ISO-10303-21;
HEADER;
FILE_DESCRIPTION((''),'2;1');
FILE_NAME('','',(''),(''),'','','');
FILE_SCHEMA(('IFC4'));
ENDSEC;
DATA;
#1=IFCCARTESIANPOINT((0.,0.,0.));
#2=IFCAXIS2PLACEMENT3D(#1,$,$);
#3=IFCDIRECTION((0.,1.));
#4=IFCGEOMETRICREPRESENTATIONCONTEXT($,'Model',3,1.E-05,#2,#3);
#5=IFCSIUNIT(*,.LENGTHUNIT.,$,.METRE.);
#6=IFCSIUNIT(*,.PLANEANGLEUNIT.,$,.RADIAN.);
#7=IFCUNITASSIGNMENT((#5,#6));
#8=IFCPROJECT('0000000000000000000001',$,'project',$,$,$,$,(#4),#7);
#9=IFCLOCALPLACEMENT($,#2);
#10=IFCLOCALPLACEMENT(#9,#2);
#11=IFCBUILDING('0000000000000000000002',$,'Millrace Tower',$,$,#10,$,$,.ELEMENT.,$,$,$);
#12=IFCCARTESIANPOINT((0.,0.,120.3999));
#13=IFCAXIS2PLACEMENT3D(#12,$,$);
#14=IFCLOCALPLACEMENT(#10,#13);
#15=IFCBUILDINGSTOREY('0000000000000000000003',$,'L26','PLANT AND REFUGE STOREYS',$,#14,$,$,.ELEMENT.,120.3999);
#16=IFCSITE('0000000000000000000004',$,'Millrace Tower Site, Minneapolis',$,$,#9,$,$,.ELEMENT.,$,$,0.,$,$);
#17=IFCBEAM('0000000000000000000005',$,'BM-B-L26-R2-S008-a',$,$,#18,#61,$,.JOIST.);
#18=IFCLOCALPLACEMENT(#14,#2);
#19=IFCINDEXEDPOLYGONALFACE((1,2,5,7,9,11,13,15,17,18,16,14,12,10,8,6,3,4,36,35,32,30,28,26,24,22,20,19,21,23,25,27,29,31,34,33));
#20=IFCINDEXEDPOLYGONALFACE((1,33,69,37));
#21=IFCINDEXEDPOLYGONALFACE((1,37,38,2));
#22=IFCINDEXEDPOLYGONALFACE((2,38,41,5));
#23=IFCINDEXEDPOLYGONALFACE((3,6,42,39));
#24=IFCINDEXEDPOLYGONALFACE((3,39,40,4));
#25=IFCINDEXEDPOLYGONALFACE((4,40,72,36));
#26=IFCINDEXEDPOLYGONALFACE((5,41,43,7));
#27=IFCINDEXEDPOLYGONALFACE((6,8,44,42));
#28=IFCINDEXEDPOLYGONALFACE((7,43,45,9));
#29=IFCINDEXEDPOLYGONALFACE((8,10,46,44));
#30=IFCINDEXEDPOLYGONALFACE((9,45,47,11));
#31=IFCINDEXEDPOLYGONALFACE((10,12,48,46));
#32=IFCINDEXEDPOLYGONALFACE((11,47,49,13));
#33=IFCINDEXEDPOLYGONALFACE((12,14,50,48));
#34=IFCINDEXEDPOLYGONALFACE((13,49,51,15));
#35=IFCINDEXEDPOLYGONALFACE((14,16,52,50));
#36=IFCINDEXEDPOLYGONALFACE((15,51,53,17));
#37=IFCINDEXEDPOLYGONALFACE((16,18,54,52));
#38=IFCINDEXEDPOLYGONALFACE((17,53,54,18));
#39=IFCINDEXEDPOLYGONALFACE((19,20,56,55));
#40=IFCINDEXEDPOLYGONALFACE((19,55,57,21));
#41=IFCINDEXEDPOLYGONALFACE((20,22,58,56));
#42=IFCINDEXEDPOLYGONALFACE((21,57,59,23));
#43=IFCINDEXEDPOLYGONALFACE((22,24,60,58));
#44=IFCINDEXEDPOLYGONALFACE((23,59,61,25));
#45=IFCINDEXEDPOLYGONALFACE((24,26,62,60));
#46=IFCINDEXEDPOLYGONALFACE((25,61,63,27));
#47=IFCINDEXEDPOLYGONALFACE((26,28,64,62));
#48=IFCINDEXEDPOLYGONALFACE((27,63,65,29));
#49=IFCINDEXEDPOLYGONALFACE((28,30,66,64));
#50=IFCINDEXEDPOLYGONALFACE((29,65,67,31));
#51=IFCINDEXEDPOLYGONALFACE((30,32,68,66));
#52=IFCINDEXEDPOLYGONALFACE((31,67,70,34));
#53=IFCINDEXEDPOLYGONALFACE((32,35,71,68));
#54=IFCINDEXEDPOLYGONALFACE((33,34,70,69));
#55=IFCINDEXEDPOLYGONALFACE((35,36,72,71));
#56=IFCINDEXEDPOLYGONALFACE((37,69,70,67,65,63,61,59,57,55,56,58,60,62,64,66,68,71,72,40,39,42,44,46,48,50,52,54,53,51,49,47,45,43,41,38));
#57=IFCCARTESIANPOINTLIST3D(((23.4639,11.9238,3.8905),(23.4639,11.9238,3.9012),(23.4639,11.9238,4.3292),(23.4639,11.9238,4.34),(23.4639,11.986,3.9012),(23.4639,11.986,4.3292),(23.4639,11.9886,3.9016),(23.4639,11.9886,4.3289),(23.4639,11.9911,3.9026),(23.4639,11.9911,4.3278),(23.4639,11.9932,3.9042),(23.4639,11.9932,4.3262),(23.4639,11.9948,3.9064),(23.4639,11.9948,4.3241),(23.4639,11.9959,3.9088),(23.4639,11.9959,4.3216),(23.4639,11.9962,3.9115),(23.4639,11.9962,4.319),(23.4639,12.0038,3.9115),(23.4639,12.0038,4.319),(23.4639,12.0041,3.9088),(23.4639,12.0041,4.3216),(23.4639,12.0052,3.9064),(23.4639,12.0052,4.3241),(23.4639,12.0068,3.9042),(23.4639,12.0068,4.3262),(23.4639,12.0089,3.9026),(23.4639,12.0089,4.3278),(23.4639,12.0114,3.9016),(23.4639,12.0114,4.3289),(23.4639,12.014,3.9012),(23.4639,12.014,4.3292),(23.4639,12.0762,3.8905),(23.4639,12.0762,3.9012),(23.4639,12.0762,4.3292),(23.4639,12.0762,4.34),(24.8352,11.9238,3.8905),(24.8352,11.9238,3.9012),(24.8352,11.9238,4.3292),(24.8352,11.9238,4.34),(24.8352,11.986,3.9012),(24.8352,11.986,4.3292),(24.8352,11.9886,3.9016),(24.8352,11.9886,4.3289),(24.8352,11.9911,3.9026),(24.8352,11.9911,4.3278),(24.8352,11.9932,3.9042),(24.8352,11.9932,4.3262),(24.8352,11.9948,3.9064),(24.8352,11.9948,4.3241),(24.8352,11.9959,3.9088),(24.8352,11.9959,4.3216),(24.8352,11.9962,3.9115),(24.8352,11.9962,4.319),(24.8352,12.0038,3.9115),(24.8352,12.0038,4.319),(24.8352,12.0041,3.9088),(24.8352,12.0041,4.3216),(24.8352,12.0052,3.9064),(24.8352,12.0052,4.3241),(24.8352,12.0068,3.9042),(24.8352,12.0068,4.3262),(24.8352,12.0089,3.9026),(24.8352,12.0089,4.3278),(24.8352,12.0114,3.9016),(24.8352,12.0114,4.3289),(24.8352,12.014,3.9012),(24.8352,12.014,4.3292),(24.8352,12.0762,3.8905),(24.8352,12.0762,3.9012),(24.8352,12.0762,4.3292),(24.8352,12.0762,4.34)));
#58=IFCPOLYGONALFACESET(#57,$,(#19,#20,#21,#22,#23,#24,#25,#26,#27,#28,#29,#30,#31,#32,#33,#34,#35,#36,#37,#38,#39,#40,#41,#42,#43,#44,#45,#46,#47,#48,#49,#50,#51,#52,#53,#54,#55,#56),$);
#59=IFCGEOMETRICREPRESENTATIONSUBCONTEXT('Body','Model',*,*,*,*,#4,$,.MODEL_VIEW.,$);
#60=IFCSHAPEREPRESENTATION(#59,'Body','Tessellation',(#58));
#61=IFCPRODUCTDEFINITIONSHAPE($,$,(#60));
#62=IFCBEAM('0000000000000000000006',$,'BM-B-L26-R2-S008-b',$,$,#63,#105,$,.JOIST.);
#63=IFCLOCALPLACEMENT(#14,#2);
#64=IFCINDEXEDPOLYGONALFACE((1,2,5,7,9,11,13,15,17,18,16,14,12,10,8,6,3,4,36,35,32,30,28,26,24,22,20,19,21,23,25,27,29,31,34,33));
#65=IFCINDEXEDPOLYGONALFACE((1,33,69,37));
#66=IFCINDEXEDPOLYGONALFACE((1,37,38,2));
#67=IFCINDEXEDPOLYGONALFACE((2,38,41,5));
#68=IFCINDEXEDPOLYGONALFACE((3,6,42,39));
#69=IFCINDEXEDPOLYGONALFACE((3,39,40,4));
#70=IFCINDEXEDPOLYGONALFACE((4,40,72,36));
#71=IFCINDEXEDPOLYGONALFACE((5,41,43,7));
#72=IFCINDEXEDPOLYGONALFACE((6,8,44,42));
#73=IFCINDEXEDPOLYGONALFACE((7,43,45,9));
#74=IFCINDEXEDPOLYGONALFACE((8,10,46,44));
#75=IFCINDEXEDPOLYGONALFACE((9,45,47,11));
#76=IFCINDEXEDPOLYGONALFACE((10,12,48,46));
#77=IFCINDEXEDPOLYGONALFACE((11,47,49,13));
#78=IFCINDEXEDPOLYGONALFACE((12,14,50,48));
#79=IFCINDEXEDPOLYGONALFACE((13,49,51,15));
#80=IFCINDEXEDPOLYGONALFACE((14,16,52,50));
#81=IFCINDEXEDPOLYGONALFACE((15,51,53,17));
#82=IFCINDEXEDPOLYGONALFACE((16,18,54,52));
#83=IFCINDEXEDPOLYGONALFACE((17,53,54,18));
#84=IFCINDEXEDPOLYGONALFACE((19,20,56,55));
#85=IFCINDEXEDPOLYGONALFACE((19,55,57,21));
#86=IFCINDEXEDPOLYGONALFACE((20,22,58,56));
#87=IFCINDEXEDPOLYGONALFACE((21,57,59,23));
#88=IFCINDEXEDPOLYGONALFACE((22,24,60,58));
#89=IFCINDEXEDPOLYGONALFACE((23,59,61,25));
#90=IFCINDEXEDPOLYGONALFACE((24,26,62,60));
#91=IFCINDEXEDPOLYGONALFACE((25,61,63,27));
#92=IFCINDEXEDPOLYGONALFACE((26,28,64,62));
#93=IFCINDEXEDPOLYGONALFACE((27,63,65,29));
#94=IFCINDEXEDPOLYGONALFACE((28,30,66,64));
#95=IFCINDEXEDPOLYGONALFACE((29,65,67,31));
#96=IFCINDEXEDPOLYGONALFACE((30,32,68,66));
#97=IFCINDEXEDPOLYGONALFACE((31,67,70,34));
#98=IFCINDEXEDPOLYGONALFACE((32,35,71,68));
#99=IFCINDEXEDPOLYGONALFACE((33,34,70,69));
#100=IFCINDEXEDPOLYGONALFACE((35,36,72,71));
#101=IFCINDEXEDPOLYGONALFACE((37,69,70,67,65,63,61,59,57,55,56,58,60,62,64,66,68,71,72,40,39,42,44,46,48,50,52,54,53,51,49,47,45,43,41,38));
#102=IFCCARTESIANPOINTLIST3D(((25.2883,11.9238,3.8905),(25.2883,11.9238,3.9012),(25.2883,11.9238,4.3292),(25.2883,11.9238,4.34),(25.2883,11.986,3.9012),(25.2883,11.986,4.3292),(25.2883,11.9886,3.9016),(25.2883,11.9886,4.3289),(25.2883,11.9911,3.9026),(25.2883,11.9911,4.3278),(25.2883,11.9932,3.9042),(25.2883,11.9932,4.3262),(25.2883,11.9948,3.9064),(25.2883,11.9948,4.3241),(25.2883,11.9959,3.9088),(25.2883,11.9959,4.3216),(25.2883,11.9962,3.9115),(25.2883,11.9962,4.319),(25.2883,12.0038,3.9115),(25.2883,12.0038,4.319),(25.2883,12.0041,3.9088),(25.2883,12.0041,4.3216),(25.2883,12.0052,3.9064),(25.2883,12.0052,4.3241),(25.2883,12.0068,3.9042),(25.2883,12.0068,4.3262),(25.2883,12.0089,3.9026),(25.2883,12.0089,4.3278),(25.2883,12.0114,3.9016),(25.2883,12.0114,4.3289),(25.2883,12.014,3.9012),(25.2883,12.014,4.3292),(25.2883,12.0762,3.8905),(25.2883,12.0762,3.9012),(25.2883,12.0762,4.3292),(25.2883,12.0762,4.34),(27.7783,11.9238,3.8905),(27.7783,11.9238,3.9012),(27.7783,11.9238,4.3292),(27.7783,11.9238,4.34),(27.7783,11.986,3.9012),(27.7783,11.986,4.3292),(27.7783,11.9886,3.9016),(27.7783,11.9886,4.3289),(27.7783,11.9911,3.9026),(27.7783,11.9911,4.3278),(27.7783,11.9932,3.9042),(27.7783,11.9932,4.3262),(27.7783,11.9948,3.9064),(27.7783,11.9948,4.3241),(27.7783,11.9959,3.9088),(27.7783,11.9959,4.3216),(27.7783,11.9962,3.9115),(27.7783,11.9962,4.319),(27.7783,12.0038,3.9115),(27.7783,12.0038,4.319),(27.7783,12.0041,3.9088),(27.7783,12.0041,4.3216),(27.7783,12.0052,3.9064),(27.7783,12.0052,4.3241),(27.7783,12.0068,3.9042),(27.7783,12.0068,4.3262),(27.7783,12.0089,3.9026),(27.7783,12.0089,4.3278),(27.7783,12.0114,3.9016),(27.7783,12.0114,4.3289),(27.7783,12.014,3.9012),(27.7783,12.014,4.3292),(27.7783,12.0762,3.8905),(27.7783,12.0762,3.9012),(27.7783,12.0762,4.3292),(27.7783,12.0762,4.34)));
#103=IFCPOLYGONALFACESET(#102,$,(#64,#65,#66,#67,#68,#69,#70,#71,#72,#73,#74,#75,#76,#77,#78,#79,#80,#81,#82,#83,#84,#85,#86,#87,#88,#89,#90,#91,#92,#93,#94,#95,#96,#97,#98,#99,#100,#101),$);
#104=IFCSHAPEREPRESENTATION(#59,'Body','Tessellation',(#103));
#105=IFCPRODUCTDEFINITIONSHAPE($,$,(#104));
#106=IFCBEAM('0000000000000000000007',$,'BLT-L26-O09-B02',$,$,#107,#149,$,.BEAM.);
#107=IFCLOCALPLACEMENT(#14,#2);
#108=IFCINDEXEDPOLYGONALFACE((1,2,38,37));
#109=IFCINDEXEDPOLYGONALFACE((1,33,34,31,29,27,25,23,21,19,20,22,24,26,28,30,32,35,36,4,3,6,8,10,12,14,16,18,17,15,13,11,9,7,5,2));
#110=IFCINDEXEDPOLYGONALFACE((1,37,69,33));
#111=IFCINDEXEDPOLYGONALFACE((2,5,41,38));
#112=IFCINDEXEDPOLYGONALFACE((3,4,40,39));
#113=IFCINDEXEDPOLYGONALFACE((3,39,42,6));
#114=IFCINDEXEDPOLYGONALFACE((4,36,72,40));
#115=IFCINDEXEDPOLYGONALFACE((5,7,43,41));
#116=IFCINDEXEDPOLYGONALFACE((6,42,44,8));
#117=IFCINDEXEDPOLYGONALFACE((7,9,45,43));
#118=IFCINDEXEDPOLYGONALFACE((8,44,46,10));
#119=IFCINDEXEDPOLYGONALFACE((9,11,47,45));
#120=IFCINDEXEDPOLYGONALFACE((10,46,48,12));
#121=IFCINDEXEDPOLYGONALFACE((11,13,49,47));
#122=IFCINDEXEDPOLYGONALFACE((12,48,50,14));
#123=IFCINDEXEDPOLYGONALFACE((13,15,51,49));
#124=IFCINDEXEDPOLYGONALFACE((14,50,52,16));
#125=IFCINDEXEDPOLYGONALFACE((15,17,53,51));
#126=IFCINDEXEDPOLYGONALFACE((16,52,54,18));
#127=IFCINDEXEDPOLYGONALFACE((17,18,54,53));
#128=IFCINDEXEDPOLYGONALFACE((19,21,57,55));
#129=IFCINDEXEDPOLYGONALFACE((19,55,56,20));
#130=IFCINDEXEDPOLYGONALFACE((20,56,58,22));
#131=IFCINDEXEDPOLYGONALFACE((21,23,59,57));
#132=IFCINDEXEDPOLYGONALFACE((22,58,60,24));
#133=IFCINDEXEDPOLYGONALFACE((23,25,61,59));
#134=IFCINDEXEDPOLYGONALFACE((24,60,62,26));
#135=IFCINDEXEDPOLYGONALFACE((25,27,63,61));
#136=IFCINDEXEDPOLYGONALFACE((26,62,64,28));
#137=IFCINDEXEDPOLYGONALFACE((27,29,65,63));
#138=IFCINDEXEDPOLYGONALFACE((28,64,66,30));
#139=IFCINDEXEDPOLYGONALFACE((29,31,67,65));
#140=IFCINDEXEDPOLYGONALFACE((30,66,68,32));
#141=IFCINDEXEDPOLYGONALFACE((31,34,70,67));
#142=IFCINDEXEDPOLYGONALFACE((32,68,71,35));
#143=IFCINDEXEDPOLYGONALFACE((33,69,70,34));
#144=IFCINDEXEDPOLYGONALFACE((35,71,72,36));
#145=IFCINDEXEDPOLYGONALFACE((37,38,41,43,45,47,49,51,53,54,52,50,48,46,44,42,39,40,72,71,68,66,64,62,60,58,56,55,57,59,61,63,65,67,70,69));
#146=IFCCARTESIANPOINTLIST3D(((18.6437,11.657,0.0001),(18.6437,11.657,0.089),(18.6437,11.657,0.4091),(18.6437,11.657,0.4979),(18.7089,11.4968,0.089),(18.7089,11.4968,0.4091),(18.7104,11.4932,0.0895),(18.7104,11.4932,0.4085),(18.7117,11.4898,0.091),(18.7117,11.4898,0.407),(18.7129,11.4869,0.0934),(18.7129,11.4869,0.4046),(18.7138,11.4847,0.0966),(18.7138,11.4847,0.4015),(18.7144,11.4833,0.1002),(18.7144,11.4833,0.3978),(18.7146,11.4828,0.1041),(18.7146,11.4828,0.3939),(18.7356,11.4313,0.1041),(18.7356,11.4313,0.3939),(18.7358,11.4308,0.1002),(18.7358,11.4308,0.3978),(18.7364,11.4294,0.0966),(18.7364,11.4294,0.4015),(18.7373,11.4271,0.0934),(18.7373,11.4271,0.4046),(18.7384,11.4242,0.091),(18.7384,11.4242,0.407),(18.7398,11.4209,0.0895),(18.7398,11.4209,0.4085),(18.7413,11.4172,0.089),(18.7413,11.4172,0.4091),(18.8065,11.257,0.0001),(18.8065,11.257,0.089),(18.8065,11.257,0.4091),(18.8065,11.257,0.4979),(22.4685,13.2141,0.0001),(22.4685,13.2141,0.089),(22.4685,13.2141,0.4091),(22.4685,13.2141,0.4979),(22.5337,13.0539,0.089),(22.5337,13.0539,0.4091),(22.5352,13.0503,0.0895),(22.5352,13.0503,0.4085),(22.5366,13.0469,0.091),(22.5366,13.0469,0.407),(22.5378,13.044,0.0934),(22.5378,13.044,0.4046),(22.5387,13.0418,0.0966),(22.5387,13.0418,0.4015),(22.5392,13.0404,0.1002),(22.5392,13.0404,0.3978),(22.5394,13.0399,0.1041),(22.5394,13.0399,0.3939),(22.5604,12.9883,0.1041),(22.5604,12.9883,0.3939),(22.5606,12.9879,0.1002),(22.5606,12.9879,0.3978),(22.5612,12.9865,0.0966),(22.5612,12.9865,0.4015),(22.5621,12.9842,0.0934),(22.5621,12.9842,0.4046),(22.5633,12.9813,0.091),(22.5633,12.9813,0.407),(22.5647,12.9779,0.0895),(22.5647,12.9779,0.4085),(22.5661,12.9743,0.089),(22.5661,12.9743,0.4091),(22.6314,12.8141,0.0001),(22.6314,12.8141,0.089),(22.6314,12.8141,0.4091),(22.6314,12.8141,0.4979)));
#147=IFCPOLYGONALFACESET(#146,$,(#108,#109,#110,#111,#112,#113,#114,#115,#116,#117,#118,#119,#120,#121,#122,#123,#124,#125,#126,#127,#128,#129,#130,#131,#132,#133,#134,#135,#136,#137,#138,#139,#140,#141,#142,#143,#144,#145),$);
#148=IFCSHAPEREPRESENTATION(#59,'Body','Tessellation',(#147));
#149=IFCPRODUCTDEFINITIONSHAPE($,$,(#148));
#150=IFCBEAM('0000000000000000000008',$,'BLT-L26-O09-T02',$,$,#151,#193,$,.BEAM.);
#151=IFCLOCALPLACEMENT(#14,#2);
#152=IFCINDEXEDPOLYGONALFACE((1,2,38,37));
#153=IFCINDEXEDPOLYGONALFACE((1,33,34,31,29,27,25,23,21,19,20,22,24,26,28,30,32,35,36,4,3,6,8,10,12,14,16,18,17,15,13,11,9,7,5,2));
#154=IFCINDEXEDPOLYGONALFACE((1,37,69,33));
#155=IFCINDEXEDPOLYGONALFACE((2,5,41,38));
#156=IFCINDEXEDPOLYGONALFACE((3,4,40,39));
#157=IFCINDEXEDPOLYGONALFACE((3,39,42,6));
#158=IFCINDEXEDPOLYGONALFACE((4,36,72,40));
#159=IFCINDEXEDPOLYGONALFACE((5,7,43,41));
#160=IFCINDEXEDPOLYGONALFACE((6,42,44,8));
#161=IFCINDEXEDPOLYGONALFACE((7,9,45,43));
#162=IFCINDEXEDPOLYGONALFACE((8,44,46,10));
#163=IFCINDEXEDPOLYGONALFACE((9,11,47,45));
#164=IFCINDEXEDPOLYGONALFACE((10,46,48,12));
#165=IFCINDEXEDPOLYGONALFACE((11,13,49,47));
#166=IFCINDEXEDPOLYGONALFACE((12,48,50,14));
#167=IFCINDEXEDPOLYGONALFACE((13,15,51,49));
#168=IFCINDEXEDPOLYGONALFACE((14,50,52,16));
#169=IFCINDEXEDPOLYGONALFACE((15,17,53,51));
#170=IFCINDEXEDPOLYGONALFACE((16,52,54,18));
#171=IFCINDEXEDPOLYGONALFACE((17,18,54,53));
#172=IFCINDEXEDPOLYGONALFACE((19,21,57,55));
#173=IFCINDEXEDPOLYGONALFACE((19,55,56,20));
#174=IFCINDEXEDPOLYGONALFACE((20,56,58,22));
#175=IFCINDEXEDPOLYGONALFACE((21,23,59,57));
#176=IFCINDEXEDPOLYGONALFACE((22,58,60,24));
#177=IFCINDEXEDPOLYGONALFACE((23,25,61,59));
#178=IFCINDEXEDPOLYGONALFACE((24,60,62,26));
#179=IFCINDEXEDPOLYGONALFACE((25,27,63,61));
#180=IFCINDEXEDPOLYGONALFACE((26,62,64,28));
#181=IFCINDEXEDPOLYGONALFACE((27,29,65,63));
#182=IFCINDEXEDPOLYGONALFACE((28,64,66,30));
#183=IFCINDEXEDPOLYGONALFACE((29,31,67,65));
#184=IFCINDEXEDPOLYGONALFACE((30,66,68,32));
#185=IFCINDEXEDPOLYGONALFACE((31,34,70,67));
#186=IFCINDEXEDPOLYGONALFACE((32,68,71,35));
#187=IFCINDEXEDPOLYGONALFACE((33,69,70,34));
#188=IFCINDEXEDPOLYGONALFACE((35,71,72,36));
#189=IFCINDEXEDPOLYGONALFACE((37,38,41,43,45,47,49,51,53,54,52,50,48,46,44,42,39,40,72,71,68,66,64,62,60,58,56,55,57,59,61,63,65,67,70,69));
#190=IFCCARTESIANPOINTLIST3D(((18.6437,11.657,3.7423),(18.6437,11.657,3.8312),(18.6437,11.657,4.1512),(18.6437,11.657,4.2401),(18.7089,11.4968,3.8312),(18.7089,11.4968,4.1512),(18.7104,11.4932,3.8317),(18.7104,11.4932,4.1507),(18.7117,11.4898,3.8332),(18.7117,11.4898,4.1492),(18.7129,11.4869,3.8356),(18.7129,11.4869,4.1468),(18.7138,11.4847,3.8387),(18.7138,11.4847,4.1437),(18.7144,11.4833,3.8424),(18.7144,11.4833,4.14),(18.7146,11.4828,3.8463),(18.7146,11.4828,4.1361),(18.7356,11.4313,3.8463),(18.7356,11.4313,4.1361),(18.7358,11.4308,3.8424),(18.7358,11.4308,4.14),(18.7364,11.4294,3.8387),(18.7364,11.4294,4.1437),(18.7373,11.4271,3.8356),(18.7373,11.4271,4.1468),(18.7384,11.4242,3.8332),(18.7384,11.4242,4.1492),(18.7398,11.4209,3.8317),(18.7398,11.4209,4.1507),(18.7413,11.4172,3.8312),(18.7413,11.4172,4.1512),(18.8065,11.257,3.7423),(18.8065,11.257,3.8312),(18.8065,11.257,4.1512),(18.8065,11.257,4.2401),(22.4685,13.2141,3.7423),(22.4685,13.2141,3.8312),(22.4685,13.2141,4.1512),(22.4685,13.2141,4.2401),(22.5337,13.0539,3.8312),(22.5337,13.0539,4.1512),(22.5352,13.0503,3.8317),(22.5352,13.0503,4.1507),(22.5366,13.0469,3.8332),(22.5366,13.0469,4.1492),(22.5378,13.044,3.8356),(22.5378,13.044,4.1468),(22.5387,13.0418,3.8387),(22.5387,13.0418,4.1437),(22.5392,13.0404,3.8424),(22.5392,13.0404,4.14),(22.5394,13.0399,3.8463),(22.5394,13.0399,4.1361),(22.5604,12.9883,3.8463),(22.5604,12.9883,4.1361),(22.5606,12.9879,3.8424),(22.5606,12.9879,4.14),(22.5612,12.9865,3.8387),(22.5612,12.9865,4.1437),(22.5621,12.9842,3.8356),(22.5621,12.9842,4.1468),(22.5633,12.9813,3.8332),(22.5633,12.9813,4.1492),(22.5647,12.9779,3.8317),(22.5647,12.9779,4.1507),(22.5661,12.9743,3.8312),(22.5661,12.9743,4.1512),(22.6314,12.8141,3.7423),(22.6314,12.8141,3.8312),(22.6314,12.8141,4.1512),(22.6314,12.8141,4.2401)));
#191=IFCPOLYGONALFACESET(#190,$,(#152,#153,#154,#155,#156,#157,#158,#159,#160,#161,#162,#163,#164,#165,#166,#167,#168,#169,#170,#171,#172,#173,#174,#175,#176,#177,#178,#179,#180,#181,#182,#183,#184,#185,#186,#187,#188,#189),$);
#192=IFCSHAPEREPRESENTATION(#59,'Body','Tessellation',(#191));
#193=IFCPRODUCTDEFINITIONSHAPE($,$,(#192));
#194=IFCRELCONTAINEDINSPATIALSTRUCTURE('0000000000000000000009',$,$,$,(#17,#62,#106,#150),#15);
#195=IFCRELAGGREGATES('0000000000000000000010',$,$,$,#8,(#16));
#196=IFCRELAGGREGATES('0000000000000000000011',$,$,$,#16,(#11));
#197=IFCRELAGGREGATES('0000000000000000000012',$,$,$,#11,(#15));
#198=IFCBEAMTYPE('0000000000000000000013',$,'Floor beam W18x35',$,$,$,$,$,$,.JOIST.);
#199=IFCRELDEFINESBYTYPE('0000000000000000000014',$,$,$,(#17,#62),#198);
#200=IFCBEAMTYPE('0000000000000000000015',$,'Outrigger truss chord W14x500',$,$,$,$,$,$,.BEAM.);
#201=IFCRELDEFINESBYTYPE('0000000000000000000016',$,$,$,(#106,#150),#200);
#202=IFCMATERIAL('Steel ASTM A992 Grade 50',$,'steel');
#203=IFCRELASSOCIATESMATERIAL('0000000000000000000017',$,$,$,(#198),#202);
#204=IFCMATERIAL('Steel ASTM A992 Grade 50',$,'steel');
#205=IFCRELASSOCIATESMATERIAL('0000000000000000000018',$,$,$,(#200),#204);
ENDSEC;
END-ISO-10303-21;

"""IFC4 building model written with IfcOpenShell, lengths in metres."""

from ifc_helpers import new_model, si_unit, direction, frame, origin, origin_2d, place, context, subcontext, project, spatial, i_section, extrude, material, material_profile, profile_set, type_object, element, save


model = new_model("IFC4")

# Units and contexts
model_context = context("Model", 3, precision=1e-05, world=origin(), true_north=direction((0.0, 1.0)))
body_context = subcontext(model_context, "Body", "Model", "MODEL_VIEW")
ifc_project = project(units=[si_unit("LENGTHUNIT", "METRE"), si_unit("PLANEANGLEUNIT", "RADIAN")], contexts=[model_context])

# Site, building, storey
site_placement = place(None, origin())
site = spatial("IfcSite", under=ifc_project, at=site_placement, Name="Millrace Tower Site, Minneapolis", CompositionType="ELEMENT", RefElevation=0.0)
building_placement = place(site_placement, origin())
building = spatial("IfcBuilding", under=site, at=building_placement, Name="Millrace Tower", CompositionType="ELEMENT")
storey_placement = place(building_placement, frame((0.0, 0.0, 120.3999)))
storey = spatial("IfcBuildingStorey", under=building, at=storey_placement, Name="L26", Description="PLANT AND REFUGE STOREYS", CompositionType="ELEMENT", Elevation=120.3999)

# Beams
ifc_material_1 = material(Name="Steel ASTM A992 Grade 50", Category="steel")
ifc_material_profile_1 = material_profile(ifc_material_1, i_section(OverallWidth=0.1523, OverallDepth=0.4495, WebThickness=0.0076, FlangeThickness=0.0107, FilletRadius=0.0103, at=origin_2d()))
ifc_profile_set_1 = profile_set([ifc_material_profile_1], Name="Steel ASTM A992 Grade 50")
beam_type_1 = type_object("IfcBeamType", Name="Floor beam W18x35", PredefinedType="JOIST", material=ifc_profile_set_1)
beam_1_placement = place(storey_placement, frame((23.4639, 12.0, 4.1152), z_axis=(1.0, 0.0, 0.0), x_axis=(0.0, 1.0, 0.0)))
element("IfcBeam", 1, at=beam_1_placement, inside=storey, type_object=beam_type_1, Name="BM-B-L26-R2-S008-a", PredefinedType="JOIST", context=body_context, shape_type="SweptSolid", body=[
    extrude(i_section(OverallWidth=0.1523, OverallDepth=0.4495, WebThickness=0.0076, FlangeThickness=0.0107, FilletRadius=0.0103, at=origin_2d()), origin(), (0.0, 0.0, 1.0), 1.3713),
])
beam_2_placement = place(storey_placement, frame((25.2883, 12.0, 4.1152), z_axis=(1.0, 0.0, 0.0), x_axis=(0.0, 1.0, 0.0)))
element("IfcBeam", 2, at=beam_2_placement, inside=storey, type_object=beam_type_1, Name="BM-B-L26-R2-S008-b", PredefinedType="JOIST", context=body_context, shape_type="SweptSolid", body=[
    extrude(i_section(OverallWidth=0.1523, OverallDepth=0.4495, WebThickness=0.0076, FlangeThickness=0.0107, FilletRadius=0.0103, at=origin_2d()), origin(), (0.0, 0.0, 1.0), 2.49),
])
ifc_material_2 = material(Name="Steel ASTM A992 Grade 50", Category="steel")
ifc_material_profile_2 = material_profile(ifc_material_2, i_section(OverallWidth=0.4319, OverallDepth=0.4978, WebThickness=0.0557, FlangeThickness=0.0889, FilletRadius=0.0151, at=origin_2d()))
ifc_profile_set_2 = profile_set([ifc_material_profile_2], Name="Steel ASTM A992 Grade 50")
beam_type_2 = type_object("IfcBeamType", Name="Outrigger truss chord W14x500", PredefinedType="BEAM", material=ifc_profile_set_2)
for number, where, z_axis, x_axis, name in (
    (3, (18.7251, 11.457, 0.249), (0.926193, 0.377051, 0.0), (-0.377051, 0.926193, 0.0), "BLT-L26-O09-B02"),
    (4, (18.7251, 11.457, 3.9912), (0.926193, 0.377051, 0.0), (-0.377051, 0.926193, 0.0), "BLT-L26-O09-T02"),
):
    element("IfcBeam", number, at=place(storey_placement, frame(where, z_axis=z_axis, x_axis=x_axis)), inside=storey, type_object=beam_type_2, Name=name, PredefinedType="BEAM", context=body_context, shape_type="SweptSolid", body=[
        extrude(i_section(OverallWidth=0.4319, OverallDepth=0.4978, WebThickness=0.0557, FlangeThickness=0.0889, FilletRadius=0.0151, at=origin_2d()), origin(), (0.0, 0.0, 1.0), 4.1296),
    ])

save(model, "model.ifc")
